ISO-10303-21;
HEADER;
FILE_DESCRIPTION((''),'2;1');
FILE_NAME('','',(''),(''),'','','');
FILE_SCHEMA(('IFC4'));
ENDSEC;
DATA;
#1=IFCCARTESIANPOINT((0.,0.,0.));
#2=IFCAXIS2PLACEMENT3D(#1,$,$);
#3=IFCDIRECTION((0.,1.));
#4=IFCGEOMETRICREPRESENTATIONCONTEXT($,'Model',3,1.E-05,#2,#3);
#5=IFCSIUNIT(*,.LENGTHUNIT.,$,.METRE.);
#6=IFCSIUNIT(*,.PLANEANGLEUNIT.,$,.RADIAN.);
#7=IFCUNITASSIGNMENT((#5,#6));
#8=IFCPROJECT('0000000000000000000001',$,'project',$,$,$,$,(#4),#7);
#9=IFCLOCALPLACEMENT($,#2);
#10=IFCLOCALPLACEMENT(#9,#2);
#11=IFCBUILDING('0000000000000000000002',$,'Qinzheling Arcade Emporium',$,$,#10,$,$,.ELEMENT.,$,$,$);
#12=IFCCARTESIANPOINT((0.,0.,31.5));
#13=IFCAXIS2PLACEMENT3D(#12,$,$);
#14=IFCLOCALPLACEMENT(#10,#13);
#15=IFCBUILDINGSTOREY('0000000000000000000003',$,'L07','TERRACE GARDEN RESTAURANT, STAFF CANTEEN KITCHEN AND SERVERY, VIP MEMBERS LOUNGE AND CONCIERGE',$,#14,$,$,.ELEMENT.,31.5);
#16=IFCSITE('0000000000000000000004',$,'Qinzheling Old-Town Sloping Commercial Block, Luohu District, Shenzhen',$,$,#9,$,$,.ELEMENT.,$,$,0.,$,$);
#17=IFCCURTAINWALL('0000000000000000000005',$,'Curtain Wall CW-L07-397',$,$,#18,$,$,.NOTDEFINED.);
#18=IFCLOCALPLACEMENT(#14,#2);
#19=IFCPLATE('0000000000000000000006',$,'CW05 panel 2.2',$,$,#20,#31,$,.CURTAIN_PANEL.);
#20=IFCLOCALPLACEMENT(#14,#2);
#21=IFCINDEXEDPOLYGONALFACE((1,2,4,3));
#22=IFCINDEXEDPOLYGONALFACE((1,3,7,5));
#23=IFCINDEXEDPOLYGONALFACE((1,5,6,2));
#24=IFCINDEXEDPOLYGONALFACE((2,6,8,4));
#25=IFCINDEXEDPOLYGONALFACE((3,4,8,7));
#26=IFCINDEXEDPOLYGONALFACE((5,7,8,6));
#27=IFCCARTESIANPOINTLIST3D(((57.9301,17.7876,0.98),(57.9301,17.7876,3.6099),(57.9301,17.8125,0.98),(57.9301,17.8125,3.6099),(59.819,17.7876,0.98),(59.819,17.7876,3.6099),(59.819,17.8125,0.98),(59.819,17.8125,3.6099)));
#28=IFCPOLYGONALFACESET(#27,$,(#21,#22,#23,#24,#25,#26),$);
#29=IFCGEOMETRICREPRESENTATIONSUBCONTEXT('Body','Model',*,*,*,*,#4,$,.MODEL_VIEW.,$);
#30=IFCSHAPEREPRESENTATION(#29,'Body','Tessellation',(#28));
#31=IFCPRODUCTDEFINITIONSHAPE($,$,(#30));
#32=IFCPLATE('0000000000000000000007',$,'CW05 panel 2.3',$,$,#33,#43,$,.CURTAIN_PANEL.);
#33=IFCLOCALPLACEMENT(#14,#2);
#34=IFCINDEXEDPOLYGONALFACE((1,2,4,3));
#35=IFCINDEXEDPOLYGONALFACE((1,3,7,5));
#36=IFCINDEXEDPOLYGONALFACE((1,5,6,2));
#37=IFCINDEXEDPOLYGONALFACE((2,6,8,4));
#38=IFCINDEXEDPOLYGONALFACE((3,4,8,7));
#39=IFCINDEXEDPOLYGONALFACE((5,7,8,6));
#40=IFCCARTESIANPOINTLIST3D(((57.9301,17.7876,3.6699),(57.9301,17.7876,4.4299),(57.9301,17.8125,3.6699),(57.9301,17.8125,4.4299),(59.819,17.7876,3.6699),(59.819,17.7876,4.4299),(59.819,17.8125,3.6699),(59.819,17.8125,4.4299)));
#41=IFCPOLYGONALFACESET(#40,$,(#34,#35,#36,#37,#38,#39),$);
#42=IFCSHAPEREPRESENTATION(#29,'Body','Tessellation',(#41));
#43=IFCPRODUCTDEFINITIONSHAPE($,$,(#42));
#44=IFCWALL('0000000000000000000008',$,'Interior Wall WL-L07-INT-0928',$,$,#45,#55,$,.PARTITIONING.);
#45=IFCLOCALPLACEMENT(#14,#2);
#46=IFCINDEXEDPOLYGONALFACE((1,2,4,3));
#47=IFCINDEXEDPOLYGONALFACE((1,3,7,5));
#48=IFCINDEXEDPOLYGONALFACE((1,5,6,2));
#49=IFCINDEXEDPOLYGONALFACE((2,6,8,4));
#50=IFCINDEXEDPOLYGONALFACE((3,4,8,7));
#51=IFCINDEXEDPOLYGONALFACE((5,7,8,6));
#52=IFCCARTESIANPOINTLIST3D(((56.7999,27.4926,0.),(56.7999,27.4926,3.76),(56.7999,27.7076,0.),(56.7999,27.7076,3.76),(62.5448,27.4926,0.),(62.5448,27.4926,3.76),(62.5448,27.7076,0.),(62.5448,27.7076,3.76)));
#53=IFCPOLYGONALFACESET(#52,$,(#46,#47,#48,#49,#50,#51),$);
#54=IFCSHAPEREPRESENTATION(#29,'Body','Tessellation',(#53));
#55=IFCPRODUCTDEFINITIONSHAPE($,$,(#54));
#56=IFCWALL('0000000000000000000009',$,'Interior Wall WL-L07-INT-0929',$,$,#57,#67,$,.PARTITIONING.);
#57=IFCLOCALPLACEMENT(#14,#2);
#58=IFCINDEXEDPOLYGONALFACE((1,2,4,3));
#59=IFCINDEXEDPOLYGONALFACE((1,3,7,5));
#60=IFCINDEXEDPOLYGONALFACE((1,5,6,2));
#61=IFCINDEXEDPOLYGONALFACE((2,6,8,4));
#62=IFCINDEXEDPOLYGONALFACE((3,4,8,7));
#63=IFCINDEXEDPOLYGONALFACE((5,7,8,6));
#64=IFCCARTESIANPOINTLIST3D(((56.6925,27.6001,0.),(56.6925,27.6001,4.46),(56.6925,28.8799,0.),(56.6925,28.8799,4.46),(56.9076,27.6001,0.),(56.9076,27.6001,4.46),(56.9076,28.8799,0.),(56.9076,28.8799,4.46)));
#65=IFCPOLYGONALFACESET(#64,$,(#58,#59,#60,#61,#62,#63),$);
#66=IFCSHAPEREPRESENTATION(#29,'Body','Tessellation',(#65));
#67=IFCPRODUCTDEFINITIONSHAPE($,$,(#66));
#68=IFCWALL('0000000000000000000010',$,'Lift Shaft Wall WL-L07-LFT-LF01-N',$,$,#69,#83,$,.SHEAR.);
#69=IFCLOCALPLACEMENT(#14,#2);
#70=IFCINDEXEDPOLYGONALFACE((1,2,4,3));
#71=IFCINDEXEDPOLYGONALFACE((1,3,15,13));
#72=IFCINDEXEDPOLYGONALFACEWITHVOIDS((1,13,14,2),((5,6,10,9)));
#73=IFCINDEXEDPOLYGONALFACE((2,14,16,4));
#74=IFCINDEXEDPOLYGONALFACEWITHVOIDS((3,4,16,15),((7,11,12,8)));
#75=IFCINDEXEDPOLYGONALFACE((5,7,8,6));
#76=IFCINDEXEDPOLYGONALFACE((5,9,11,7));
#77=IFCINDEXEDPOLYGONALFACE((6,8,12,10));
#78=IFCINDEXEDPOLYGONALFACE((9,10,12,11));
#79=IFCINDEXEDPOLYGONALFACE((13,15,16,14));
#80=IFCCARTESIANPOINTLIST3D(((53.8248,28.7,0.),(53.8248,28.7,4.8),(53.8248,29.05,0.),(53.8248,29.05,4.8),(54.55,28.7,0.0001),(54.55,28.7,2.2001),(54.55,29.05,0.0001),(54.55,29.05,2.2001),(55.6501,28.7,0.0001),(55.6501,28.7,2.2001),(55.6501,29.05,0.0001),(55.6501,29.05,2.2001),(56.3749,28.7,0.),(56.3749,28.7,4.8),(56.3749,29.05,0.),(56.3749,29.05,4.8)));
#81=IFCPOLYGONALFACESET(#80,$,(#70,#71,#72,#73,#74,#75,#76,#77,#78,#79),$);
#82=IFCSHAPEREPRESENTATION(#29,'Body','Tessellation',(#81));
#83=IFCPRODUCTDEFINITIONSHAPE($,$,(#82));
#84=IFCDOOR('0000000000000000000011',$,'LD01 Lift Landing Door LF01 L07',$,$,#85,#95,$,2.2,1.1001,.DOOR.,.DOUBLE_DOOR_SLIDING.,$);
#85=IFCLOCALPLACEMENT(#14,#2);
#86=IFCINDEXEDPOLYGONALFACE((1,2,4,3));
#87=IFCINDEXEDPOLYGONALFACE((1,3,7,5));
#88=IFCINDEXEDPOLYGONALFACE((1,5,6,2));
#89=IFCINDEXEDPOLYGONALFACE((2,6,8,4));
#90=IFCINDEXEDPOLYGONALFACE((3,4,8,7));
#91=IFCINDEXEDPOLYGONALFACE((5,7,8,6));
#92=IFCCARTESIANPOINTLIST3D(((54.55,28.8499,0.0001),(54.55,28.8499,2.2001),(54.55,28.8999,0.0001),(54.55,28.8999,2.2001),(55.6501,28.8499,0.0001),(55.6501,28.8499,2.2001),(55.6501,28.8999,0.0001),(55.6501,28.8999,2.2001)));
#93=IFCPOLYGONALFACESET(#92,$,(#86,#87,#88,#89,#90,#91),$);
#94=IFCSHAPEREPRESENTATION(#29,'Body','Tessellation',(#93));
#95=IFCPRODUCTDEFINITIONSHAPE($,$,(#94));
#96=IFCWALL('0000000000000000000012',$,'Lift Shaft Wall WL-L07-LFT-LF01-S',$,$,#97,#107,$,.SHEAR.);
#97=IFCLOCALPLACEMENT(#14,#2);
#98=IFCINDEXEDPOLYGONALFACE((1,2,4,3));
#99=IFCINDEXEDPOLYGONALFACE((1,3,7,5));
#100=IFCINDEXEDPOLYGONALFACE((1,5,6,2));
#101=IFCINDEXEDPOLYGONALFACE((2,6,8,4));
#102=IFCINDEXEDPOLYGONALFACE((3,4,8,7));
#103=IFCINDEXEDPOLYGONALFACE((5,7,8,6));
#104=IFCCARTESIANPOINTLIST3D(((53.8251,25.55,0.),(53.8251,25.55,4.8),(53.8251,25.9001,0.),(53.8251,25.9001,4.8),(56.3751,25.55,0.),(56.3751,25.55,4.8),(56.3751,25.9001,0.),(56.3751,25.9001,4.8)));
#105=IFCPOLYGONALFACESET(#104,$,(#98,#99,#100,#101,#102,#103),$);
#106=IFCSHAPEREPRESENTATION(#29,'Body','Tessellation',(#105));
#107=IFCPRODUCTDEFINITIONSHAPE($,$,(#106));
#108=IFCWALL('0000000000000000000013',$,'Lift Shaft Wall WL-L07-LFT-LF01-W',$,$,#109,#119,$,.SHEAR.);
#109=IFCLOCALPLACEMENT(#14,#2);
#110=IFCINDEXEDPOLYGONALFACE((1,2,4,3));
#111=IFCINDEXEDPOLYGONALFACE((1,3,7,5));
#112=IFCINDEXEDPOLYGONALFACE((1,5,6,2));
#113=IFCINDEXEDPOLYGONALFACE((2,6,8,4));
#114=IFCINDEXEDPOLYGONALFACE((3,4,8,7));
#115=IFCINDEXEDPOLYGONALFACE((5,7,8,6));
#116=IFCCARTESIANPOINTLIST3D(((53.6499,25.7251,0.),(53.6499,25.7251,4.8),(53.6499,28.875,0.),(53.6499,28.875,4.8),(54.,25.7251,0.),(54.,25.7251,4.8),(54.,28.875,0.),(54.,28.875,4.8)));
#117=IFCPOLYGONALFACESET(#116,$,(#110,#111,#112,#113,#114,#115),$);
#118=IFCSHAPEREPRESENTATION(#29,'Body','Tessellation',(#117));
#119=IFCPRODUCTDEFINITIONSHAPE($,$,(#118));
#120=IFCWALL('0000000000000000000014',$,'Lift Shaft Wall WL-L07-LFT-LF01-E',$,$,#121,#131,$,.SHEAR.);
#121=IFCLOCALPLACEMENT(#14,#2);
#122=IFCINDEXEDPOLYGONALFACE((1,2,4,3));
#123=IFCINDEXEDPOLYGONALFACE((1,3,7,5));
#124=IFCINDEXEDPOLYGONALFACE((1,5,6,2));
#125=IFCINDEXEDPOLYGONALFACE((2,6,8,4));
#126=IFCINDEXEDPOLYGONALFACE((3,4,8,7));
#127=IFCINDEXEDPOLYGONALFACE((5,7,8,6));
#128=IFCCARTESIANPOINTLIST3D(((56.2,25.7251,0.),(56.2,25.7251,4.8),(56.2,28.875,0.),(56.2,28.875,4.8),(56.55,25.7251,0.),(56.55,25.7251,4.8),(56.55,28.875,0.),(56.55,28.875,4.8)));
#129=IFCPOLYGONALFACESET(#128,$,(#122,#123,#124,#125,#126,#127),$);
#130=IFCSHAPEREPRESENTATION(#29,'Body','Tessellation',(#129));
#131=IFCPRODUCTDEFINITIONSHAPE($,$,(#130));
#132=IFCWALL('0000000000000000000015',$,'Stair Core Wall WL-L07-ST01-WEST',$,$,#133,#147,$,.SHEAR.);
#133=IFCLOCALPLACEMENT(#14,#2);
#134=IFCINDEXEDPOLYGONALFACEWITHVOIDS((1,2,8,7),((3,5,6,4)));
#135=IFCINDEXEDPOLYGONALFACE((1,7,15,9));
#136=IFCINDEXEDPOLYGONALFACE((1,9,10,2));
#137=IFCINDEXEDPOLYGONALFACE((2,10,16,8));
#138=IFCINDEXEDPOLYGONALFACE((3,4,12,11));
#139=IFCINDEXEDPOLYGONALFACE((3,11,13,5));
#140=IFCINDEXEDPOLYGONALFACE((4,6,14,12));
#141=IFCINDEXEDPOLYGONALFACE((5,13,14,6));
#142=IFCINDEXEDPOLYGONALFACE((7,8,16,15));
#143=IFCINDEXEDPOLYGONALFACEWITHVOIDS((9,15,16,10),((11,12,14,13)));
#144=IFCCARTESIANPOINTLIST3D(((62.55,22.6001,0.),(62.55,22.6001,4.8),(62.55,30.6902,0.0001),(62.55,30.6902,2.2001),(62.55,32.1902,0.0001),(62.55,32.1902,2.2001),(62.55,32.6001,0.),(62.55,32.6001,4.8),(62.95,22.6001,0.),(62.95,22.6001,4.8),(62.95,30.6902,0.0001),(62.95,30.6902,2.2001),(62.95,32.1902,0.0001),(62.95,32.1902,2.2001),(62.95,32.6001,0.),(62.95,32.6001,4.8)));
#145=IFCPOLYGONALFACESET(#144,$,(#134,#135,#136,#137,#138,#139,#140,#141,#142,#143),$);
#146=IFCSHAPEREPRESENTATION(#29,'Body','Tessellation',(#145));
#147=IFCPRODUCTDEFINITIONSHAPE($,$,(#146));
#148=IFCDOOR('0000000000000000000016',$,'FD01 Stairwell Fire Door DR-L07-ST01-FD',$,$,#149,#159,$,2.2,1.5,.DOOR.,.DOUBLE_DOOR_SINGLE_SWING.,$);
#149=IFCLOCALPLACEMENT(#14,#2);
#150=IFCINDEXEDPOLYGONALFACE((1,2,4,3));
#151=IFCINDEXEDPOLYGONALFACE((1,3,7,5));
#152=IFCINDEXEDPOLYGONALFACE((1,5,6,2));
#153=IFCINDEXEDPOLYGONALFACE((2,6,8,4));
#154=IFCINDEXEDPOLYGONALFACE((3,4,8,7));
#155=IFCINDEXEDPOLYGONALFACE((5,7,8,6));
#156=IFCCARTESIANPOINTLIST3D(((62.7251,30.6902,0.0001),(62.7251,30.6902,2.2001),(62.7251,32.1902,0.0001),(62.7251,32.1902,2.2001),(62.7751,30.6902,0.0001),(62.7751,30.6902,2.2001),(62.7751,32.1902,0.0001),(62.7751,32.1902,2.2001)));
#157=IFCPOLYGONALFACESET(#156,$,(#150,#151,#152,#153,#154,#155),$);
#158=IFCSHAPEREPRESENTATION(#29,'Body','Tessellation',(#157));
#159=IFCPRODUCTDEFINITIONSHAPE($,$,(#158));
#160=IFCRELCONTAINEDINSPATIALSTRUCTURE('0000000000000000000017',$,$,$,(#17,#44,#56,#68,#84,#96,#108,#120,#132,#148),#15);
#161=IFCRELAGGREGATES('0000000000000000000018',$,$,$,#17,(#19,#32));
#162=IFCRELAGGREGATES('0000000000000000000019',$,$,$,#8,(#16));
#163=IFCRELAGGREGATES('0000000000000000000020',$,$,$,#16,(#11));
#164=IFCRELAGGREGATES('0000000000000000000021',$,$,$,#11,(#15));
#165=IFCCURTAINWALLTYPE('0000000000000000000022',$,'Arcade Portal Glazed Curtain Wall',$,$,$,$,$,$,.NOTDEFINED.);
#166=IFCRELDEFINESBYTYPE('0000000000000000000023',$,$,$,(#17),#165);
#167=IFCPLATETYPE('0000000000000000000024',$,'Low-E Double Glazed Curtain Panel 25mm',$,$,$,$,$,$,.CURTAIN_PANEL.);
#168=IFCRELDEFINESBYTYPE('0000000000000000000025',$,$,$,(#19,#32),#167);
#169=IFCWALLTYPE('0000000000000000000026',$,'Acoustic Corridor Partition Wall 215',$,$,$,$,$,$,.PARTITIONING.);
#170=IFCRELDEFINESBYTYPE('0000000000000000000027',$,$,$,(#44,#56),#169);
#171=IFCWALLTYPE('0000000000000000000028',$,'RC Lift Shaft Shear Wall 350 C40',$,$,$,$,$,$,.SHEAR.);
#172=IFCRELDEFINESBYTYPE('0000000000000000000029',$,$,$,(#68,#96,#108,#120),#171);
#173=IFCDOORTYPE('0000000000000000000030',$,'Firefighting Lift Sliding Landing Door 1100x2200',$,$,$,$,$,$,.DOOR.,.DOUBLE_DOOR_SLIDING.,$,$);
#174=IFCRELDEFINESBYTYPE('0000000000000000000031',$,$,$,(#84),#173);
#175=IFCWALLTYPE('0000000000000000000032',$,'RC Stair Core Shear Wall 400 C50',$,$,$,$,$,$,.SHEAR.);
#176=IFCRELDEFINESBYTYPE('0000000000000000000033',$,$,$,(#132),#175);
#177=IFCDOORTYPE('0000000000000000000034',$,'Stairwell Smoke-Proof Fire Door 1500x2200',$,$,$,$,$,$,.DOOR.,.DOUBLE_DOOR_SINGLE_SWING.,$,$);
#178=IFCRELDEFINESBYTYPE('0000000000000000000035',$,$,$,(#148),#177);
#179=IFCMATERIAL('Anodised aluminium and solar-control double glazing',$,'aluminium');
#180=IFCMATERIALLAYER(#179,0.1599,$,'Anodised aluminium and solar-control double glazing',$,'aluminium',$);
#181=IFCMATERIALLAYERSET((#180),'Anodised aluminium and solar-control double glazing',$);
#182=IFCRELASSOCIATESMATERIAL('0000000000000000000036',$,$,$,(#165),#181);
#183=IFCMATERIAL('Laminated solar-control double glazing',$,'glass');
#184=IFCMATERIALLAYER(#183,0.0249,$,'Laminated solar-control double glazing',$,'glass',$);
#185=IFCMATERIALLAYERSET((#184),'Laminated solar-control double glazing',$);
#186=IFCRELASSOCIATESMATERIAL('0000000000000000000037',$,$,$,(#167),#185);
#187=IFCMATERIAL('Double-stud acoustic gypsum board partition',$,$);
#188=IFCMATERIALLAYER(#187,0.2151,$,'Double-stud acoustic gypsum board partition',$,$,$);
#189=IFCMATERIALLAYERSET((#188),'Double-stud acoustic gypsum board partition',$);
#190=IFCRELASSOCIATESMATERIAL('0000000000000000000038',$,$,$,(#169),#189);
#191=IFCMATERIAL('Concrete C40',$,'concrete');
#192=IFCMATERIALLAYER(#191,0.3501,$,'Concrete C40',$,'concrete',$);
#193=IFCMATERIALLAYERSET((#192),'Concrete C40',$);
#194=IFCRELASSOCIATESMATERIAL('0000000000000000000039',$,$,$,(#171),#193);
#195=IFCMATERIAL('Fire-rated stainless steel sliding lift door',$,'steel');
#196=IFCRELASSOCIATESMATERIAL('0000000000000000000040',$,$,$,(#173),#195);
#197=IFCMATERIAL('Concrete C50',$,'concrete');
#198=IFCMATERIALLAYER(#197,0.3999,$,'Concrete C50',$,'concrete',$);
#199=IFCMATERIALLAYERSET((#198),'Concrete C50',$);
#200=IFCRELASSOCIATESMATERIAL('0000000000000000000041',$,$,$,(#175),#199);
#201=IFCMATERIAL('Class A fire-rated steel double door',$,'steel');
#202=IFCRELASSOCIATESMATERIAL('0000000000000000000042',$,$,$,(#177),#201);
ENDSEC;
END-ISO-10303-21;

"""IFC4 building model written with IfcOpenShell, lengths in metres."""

from ifc_helpers import new_model, si_unit, direction, frame, frame_2d, origin, origin_2d, place, context, subcontext, project, spatial, rectangle, extrude, material, layer, layer_set, type_object, element, fill, aggregate, save


model = new_model("IFC4")

# Units and contexts
model_context = context("Model", 3, precision=1e-05, world=origin(), true_north=direction((0.0, 1.0)))
body_context = subcontext(model_context, "Body", "Model", "MODEL_VIEW")
ifc_project = project(units=[si_unit("LENGTHUNIT", "METRE"), si_unit("PLANEANGLEUNIT", "RADIAN")], contexts=[model_context])

# Site, building, storey
site_placement = place(None, origin())
site = spatial("IfcSite", under=ifc_project, at=site_placement, Name="Qinzheling Old-Town Sloping Commercial Block, Luohu District, Shenzhen", CompositionType="ELEMENT", RefElevation=0.0)
building_placement = place(site_placement, origin())
building = spatial("IfcBuilding", under=site, at=building_placement, Name="Qinzheling Arcade Emporium", CompositionType="ELEMENT")
storey_placement = place(building_placement, frame((0.0, 0.0, 31.5)))
storey = spatial("IfcBuildingStorey", under=building, at=storey_placement, Name="L07", Description="TERRACE GARDEN RESTAURANT, STAFF CANTEEN KITCHEN AND SERVERY, VIP MEMBERS LOUNGE AND CONCIERGE", CompositionType="ELEMENT", Elevation=31.5)

# Shared definitions
ifc_material_1 = material(Name="Concrete C40", Category="concrete")

# Curtain wall
ifc_material_2 = material(Name="Anodised aluminium and solar-control double glazing", Category="aluminium")
ifc_layer_1 = layer(ifc_material_2, 0.1599, Name="Anodised aluminium and solar-control double glazing", Category="aluminium")
ifc_layer_set_1 = layer_set([ifc_layer_1], Name="Anodised aluminium and solar-control double glazing")
curtain_wall_type = type_object("IfcCurtainWallType", Name="Arcade Portal Glazed Curtain Wall", PredefinedType="NOTDEFINED", material=ifc_layer_set_1)
curtain_wall_placement = place(storey_placement, origin())
curtain_wall = element("IfcCurtainWall", 1, at=curtain_wall_placement, inside=storey, type_object=curtain_wall_type, Name="Curtain Wall CW-L07-397", PredefinedType="NOTDEFINED")

# Plates
ifc_material_3 = material(Name="Laminated solar-control double glazing", Category="glass")
ifc_layer_2 = layer(ifc_material_3, 0.0249, Name="Laminated solar-control double glazing", Category="glass")
ifc_layer_set_2 = layer_set([ifc_layer_2], Name="Laminated solar-control double glazing")
plate_type = type_object("IfcPlateType", Name="Low-E Double Glazed Curtain Panel 25mm", PredefinedType="CURTAIN_PANEL", material=ifc_layer_set_2)
plate_1_placement = place(storey_placement, frame((58.8745, 17.8, 0.98), z_axis=(0.0, 0.0, 1.0), x_axis=(-1.0, 0.0, 0.0)))
plate_1 = element("IfcPlate", 2, at=plate_1_placement, type_object=plate_type, Name="CW05 panel 2.2", PredefinedType="CURTAIN_PANEL", context=body_context, shape_type="SweptSolid", body=[
    extrude(rectangle(XDim=1.8889, YDim=0.0249, at=origin_2d()), origin(), (0.0, 0.0, 1.0), 2.6299),
])
plate_2_placement = place(storey_placement, frame((58.8745, 17.8, 3.6699), z_axis=(0.0, 0.0, 1.0), x_axis=(-1.0, 0.0, 0.0)))
plate_2 = element("IfcPlate", 3, at=plate_2_placement, type_object=plate_type, Name="CW05 panel 2.3", PredefinedType="CURTAIN_PANEL", context=body_context, shape_type="SweptSolid", body=[
    extrude(rectangle(XDim=1.8889, YDim=0.0249, at=origin_2d()), origin(), (0.0, 0.0, 1.0), 0.76),
])
aggregate(curtain_wall, [plate_1, plate_2])

# Walls
ifc_material_4 = material(Name="Double-stud acoustic gypsum board partition")
ifc_layer_3 = layer(ifc_material_4, 0.2151, Name="Double-stud acoustic gypsum board partition")
ifc_layer_set_3 = layer_set([ifc_layer_3], Name="Double-stud acoustic gypsum board partition")
wall_type_1 = type_object("IfcWallType", Name="Acoustic Corridor Partition Wall 215", PredefinedType="PARTITIONING", material=ifc_layer_set_3)
wall_1_placement = place(storey_placement, frame((62.5449, 27.6001, 0.0), z_axis=(0.0, 0.0, 1.0), x_axis=(-1.0, 0.0, 0.0)))
element("IfcWall", 4, at=wall_1_placement, inside=storey, type_object=wall_type_1, Name="Interior Wall WL-L07-INT-0928", PredefinedType="PARTITIONING", context=body_context, shape_type="SweptSolid", body=[
    extrude(rectangle(XDim=5.7449, YDim=0.2151, at=frame_2d((2.8726, 0.0))), origin(), (0.0, 0.0, 1.0), 3.76),
])
wall_2_placement = place(storey_placement, frame((56.8, 27.6001, 0.0), z_axis=(0.0, 0.0, 1.0), x_axis=(0.0, 1.0, 0.0)))
element("IfcWall", 5, at=wall_2_placement, inside=storey, type_object=wall_type_1, Name="Interior Wall WL-L07-INT-0929", PredefinedType="PARTITIONING", context=body_context, shape_type="SweptSolid", body=[
    extrude(rectangle(XDim=1.2798, YDim=0.2151, at=frame_2d((0.6399, 0.0))), origin(), (0.0, 0.0, 1.0), 4.46),
])

# Wall, opening, door
ifc_layer_4 = layer(ifc_material_1, 0.3501, Name="Concrete C40", Category="concrete")
ifc_layer_set_4 = layer_set([ifc_layer_4], Name="Concrete C40")
wall_type_2 = type_object("IfcWallType", Name="RC Lift Shaft Shear Wall 350 C40", PredefinedType="SHEAR", material=ifc_layer_set_4)
wall_3_placement = place(storey_placement, frame((53.825, 28.875, 0.0), z_axis=(0.0, 0.0, 1.0), x_axis=(1.0, 0.0, 0.0)))
wall_3 = element("IfcWall", 6, at=wall_3_placement, inside=storey, type_object=wall_type_2, Name="Lift Shaft Wall WL-L07-LFT-LF01-N", PredefinedType="SHEAR", context=body_context, shape_type="SweptSolid", body=[
    extrude(rectangle(XDim=2.55, YDim=0.3501, at=frame_2d((1.2749, 0.0))), origin(), (0.0, 0.0, 1.0), 4.8),
])
opening_1_placement = place(wall_3_placement, frame((0.7251, 0.0, 0.0)))
opening_1 = element("IfcOpeningElement", 7, at=opening_1_placement, cuts=wall_3, PredefinedType="OPENING", context=body_context, shape_type="SweptSolid", body=[
    extrude(rectangle(XDim=1.1001, YDim=2.2, at=frame_2d((0.55, 1.1001))), frame((0.0, 0.1851, 0.0), z_axis=(0.0, -1.0, 0.0), x_axis=(1.0, 0.0, 0.0)), (0.0, 0.0, 1.0), 0.3701),
])
ifc_material_5 = material(Name="Fire-rated stainless steel sliding lift door", Category="steel")
door_type_1 = type_object("IfcDoorType", Name="Firefighting Lift Sliding Landing Door 1100x2200", OperationType="DOUBLE_DOOR_SLIDING", PredefinedType="DOOR", material=ifc_material_5)
door_1_placement = place(opening_1_placement, origin())
door_1 = element("IfcDoor", 8, at=door_1_placement, inside=storey, type_object=door_type_1, Name="LD01 Lift Landing Door LF01 L07", OperationType="DOUBLE_DOOR_SLIDING", OverallHeight=2.2, OverallWidth=1.1001, PredefinedType="DOOR", context=body_context, shape_type="SweptSolid", body=[
    extrude(rectangle(XDim=1.1001, YDim=2.2, at=frame_2d((0.55, 1.1001))), frame((0.0, 0.0249, 0.0), z_axis=(0.0, -1.0, 0.0), x_axis=(1.0, 0.0, 0.0)), (0.0, 0.0, 1.0), 0.05),
])
fill(opening_1, door_1)

# Walls
wall_4_placement = place(storey_placement, frame((56.375, 25.7251, 0.0), z_axis=(0.0, 0.0, 1.0), x_axis=(-1.0, 0.0, 0.0)))
element("IfcWall", 9, at=wall_4_placement, inside=storey, type_object=wall_type_2, Name="Lift Shaft Wall WL-L07-LFT-LF01-S", PredefinedType="SHEAR", context=body_context, shape_type="SweptSolid", body=[
    extrude(rectangle(XDim=2.55, YDim=0.3501, at=frame_2d((1.2749, 0.0))), origin(), (0.0, 0.0, 1.0), 4.8),
])
for number, where, z_axis, x_axis, name in (
    (10, (53.825, 25.7251, 0.0), (0.0, 0.0, 1.0), (0.0, 1.0, 0.0), "Lift Shaft Wall WL-L07-LFT-LF01-W"),
    (11, (56.375, 28.875, 0.0), (0.0, 0.0, 1.0), (0.0, -1.0, 0.0), "Lift Shaft Wall WL-L07-LFT-LF01-E"),
):
    element("IfcWall", number, at=place(storey_placement, frame(where, z_axis=z_axis, x_axis=x_axis)), inside=storey, type_object=wall_type_2, Name=name, PredefinedType="SHEAR", context=body_context, shape_type="SweptSolid", body=[
        extrude(rectangle(XDim=3.1499, YDim=0.3501, at=frame_2d((1.575, 0.0))), origin(), (0.0, 0.0, 1.0), 4.8),
    ])

# Wall, opening, door
ifc_material_6 = material(Name="Concrete C50", Category="concrete")
ifc_layer_5 = layer(ifc_material_6, 0.3999, Name="Concrete C50", Category="concrete")
ifc_layer_set_5 = layer_set([ifc_layer_5], Name="Concrete C50")
wall_type_3 = type_object("IfcWallType", Name="RC Stair Core Shear Wall 400 C50", PredefinedType="SHEAR", material=ifc_layer_set_5)
wall_5_placement = place(storey_placement, frame((62.75, 22.6001, 0.0), z_axis=(0.0, 0.0, 1.0), x_axis=(0.0, 1.0, 0.0)))
wall_5 = element("IfcWall", 12, at=wall_5_placement, inside=storey, type_object=wall_type_3, Name="Stair Core Wall WL-L07-ST01-WEST", PredefinedType="SHEAR", context=body_context, shape_type="SweptSolid", body=[
    extrude(rectangle(XDim=10.0, YDim=0.3999, at=frame_2d((5.0, 0.0))), origin(), (0.0, 0.0, 1.0), 4.8),
])
opening_2_placement = place(wall_5_placement, frame((8.0901, 0.0, 0.0)))
opening_2 = element("IfcOpeningElement", 13, at=opening_2_placement, cuts=wall_5, PredefinedType="OPENING", context=body_context, shape_type="SweptSolid", body=[
    extrude(rectangle(XDim=1.5, YDim=2.2, at=frame_2d((0.75, 1.1001))), frame((0.0, 0.21, 0.0), z_axis=(0.0, -1.0, 0.0), x_axis=(1.0, 0.0, 0.0)), (0.0, 0.0, 1.0), 0.4199),
])
ifc_material_7 = material(Name="Class A fire-rated steel double door", Category="steel")
door_type_2 = type_object("IfcDoorType", Name="Stairwell Smoke-Proof Fire Door 1500x2200", OperationType="DOUBLE_DOOR_SINGLE_SWING", PredefinedType="DOOR", material=ifc_material_7)
door_2_placement = place(opening_2_placement, origin())
door_2 = element("IfcDoor", 14, at=door_2_placement, inside=storey, type_object=door_type_2, Name="FD01 Stairwell Fire Door DR-L07-ST01-FD", OperationType="DOUBLE_DOOR_SINGLE_SWING", OverallHeight=2.2, OverallWidth=1.5, PredefinedType="DOOR", context=body_context, shape_type="SweptSolid", body=[
    extrude(rectangle(XDim=1.5, YDim=2.2, at=frame_2d((0.75, 1.1001))), frame((0.0, 0.0249, 0.0), z_axis=(0.0, -1.0, 0.0), x_axis=(1.0, 0.0, 0.0)), (0.0, 0.0, 1.0), 0.05),
])
fill(opening_2, door_2)

save(model, "model.ifc")
